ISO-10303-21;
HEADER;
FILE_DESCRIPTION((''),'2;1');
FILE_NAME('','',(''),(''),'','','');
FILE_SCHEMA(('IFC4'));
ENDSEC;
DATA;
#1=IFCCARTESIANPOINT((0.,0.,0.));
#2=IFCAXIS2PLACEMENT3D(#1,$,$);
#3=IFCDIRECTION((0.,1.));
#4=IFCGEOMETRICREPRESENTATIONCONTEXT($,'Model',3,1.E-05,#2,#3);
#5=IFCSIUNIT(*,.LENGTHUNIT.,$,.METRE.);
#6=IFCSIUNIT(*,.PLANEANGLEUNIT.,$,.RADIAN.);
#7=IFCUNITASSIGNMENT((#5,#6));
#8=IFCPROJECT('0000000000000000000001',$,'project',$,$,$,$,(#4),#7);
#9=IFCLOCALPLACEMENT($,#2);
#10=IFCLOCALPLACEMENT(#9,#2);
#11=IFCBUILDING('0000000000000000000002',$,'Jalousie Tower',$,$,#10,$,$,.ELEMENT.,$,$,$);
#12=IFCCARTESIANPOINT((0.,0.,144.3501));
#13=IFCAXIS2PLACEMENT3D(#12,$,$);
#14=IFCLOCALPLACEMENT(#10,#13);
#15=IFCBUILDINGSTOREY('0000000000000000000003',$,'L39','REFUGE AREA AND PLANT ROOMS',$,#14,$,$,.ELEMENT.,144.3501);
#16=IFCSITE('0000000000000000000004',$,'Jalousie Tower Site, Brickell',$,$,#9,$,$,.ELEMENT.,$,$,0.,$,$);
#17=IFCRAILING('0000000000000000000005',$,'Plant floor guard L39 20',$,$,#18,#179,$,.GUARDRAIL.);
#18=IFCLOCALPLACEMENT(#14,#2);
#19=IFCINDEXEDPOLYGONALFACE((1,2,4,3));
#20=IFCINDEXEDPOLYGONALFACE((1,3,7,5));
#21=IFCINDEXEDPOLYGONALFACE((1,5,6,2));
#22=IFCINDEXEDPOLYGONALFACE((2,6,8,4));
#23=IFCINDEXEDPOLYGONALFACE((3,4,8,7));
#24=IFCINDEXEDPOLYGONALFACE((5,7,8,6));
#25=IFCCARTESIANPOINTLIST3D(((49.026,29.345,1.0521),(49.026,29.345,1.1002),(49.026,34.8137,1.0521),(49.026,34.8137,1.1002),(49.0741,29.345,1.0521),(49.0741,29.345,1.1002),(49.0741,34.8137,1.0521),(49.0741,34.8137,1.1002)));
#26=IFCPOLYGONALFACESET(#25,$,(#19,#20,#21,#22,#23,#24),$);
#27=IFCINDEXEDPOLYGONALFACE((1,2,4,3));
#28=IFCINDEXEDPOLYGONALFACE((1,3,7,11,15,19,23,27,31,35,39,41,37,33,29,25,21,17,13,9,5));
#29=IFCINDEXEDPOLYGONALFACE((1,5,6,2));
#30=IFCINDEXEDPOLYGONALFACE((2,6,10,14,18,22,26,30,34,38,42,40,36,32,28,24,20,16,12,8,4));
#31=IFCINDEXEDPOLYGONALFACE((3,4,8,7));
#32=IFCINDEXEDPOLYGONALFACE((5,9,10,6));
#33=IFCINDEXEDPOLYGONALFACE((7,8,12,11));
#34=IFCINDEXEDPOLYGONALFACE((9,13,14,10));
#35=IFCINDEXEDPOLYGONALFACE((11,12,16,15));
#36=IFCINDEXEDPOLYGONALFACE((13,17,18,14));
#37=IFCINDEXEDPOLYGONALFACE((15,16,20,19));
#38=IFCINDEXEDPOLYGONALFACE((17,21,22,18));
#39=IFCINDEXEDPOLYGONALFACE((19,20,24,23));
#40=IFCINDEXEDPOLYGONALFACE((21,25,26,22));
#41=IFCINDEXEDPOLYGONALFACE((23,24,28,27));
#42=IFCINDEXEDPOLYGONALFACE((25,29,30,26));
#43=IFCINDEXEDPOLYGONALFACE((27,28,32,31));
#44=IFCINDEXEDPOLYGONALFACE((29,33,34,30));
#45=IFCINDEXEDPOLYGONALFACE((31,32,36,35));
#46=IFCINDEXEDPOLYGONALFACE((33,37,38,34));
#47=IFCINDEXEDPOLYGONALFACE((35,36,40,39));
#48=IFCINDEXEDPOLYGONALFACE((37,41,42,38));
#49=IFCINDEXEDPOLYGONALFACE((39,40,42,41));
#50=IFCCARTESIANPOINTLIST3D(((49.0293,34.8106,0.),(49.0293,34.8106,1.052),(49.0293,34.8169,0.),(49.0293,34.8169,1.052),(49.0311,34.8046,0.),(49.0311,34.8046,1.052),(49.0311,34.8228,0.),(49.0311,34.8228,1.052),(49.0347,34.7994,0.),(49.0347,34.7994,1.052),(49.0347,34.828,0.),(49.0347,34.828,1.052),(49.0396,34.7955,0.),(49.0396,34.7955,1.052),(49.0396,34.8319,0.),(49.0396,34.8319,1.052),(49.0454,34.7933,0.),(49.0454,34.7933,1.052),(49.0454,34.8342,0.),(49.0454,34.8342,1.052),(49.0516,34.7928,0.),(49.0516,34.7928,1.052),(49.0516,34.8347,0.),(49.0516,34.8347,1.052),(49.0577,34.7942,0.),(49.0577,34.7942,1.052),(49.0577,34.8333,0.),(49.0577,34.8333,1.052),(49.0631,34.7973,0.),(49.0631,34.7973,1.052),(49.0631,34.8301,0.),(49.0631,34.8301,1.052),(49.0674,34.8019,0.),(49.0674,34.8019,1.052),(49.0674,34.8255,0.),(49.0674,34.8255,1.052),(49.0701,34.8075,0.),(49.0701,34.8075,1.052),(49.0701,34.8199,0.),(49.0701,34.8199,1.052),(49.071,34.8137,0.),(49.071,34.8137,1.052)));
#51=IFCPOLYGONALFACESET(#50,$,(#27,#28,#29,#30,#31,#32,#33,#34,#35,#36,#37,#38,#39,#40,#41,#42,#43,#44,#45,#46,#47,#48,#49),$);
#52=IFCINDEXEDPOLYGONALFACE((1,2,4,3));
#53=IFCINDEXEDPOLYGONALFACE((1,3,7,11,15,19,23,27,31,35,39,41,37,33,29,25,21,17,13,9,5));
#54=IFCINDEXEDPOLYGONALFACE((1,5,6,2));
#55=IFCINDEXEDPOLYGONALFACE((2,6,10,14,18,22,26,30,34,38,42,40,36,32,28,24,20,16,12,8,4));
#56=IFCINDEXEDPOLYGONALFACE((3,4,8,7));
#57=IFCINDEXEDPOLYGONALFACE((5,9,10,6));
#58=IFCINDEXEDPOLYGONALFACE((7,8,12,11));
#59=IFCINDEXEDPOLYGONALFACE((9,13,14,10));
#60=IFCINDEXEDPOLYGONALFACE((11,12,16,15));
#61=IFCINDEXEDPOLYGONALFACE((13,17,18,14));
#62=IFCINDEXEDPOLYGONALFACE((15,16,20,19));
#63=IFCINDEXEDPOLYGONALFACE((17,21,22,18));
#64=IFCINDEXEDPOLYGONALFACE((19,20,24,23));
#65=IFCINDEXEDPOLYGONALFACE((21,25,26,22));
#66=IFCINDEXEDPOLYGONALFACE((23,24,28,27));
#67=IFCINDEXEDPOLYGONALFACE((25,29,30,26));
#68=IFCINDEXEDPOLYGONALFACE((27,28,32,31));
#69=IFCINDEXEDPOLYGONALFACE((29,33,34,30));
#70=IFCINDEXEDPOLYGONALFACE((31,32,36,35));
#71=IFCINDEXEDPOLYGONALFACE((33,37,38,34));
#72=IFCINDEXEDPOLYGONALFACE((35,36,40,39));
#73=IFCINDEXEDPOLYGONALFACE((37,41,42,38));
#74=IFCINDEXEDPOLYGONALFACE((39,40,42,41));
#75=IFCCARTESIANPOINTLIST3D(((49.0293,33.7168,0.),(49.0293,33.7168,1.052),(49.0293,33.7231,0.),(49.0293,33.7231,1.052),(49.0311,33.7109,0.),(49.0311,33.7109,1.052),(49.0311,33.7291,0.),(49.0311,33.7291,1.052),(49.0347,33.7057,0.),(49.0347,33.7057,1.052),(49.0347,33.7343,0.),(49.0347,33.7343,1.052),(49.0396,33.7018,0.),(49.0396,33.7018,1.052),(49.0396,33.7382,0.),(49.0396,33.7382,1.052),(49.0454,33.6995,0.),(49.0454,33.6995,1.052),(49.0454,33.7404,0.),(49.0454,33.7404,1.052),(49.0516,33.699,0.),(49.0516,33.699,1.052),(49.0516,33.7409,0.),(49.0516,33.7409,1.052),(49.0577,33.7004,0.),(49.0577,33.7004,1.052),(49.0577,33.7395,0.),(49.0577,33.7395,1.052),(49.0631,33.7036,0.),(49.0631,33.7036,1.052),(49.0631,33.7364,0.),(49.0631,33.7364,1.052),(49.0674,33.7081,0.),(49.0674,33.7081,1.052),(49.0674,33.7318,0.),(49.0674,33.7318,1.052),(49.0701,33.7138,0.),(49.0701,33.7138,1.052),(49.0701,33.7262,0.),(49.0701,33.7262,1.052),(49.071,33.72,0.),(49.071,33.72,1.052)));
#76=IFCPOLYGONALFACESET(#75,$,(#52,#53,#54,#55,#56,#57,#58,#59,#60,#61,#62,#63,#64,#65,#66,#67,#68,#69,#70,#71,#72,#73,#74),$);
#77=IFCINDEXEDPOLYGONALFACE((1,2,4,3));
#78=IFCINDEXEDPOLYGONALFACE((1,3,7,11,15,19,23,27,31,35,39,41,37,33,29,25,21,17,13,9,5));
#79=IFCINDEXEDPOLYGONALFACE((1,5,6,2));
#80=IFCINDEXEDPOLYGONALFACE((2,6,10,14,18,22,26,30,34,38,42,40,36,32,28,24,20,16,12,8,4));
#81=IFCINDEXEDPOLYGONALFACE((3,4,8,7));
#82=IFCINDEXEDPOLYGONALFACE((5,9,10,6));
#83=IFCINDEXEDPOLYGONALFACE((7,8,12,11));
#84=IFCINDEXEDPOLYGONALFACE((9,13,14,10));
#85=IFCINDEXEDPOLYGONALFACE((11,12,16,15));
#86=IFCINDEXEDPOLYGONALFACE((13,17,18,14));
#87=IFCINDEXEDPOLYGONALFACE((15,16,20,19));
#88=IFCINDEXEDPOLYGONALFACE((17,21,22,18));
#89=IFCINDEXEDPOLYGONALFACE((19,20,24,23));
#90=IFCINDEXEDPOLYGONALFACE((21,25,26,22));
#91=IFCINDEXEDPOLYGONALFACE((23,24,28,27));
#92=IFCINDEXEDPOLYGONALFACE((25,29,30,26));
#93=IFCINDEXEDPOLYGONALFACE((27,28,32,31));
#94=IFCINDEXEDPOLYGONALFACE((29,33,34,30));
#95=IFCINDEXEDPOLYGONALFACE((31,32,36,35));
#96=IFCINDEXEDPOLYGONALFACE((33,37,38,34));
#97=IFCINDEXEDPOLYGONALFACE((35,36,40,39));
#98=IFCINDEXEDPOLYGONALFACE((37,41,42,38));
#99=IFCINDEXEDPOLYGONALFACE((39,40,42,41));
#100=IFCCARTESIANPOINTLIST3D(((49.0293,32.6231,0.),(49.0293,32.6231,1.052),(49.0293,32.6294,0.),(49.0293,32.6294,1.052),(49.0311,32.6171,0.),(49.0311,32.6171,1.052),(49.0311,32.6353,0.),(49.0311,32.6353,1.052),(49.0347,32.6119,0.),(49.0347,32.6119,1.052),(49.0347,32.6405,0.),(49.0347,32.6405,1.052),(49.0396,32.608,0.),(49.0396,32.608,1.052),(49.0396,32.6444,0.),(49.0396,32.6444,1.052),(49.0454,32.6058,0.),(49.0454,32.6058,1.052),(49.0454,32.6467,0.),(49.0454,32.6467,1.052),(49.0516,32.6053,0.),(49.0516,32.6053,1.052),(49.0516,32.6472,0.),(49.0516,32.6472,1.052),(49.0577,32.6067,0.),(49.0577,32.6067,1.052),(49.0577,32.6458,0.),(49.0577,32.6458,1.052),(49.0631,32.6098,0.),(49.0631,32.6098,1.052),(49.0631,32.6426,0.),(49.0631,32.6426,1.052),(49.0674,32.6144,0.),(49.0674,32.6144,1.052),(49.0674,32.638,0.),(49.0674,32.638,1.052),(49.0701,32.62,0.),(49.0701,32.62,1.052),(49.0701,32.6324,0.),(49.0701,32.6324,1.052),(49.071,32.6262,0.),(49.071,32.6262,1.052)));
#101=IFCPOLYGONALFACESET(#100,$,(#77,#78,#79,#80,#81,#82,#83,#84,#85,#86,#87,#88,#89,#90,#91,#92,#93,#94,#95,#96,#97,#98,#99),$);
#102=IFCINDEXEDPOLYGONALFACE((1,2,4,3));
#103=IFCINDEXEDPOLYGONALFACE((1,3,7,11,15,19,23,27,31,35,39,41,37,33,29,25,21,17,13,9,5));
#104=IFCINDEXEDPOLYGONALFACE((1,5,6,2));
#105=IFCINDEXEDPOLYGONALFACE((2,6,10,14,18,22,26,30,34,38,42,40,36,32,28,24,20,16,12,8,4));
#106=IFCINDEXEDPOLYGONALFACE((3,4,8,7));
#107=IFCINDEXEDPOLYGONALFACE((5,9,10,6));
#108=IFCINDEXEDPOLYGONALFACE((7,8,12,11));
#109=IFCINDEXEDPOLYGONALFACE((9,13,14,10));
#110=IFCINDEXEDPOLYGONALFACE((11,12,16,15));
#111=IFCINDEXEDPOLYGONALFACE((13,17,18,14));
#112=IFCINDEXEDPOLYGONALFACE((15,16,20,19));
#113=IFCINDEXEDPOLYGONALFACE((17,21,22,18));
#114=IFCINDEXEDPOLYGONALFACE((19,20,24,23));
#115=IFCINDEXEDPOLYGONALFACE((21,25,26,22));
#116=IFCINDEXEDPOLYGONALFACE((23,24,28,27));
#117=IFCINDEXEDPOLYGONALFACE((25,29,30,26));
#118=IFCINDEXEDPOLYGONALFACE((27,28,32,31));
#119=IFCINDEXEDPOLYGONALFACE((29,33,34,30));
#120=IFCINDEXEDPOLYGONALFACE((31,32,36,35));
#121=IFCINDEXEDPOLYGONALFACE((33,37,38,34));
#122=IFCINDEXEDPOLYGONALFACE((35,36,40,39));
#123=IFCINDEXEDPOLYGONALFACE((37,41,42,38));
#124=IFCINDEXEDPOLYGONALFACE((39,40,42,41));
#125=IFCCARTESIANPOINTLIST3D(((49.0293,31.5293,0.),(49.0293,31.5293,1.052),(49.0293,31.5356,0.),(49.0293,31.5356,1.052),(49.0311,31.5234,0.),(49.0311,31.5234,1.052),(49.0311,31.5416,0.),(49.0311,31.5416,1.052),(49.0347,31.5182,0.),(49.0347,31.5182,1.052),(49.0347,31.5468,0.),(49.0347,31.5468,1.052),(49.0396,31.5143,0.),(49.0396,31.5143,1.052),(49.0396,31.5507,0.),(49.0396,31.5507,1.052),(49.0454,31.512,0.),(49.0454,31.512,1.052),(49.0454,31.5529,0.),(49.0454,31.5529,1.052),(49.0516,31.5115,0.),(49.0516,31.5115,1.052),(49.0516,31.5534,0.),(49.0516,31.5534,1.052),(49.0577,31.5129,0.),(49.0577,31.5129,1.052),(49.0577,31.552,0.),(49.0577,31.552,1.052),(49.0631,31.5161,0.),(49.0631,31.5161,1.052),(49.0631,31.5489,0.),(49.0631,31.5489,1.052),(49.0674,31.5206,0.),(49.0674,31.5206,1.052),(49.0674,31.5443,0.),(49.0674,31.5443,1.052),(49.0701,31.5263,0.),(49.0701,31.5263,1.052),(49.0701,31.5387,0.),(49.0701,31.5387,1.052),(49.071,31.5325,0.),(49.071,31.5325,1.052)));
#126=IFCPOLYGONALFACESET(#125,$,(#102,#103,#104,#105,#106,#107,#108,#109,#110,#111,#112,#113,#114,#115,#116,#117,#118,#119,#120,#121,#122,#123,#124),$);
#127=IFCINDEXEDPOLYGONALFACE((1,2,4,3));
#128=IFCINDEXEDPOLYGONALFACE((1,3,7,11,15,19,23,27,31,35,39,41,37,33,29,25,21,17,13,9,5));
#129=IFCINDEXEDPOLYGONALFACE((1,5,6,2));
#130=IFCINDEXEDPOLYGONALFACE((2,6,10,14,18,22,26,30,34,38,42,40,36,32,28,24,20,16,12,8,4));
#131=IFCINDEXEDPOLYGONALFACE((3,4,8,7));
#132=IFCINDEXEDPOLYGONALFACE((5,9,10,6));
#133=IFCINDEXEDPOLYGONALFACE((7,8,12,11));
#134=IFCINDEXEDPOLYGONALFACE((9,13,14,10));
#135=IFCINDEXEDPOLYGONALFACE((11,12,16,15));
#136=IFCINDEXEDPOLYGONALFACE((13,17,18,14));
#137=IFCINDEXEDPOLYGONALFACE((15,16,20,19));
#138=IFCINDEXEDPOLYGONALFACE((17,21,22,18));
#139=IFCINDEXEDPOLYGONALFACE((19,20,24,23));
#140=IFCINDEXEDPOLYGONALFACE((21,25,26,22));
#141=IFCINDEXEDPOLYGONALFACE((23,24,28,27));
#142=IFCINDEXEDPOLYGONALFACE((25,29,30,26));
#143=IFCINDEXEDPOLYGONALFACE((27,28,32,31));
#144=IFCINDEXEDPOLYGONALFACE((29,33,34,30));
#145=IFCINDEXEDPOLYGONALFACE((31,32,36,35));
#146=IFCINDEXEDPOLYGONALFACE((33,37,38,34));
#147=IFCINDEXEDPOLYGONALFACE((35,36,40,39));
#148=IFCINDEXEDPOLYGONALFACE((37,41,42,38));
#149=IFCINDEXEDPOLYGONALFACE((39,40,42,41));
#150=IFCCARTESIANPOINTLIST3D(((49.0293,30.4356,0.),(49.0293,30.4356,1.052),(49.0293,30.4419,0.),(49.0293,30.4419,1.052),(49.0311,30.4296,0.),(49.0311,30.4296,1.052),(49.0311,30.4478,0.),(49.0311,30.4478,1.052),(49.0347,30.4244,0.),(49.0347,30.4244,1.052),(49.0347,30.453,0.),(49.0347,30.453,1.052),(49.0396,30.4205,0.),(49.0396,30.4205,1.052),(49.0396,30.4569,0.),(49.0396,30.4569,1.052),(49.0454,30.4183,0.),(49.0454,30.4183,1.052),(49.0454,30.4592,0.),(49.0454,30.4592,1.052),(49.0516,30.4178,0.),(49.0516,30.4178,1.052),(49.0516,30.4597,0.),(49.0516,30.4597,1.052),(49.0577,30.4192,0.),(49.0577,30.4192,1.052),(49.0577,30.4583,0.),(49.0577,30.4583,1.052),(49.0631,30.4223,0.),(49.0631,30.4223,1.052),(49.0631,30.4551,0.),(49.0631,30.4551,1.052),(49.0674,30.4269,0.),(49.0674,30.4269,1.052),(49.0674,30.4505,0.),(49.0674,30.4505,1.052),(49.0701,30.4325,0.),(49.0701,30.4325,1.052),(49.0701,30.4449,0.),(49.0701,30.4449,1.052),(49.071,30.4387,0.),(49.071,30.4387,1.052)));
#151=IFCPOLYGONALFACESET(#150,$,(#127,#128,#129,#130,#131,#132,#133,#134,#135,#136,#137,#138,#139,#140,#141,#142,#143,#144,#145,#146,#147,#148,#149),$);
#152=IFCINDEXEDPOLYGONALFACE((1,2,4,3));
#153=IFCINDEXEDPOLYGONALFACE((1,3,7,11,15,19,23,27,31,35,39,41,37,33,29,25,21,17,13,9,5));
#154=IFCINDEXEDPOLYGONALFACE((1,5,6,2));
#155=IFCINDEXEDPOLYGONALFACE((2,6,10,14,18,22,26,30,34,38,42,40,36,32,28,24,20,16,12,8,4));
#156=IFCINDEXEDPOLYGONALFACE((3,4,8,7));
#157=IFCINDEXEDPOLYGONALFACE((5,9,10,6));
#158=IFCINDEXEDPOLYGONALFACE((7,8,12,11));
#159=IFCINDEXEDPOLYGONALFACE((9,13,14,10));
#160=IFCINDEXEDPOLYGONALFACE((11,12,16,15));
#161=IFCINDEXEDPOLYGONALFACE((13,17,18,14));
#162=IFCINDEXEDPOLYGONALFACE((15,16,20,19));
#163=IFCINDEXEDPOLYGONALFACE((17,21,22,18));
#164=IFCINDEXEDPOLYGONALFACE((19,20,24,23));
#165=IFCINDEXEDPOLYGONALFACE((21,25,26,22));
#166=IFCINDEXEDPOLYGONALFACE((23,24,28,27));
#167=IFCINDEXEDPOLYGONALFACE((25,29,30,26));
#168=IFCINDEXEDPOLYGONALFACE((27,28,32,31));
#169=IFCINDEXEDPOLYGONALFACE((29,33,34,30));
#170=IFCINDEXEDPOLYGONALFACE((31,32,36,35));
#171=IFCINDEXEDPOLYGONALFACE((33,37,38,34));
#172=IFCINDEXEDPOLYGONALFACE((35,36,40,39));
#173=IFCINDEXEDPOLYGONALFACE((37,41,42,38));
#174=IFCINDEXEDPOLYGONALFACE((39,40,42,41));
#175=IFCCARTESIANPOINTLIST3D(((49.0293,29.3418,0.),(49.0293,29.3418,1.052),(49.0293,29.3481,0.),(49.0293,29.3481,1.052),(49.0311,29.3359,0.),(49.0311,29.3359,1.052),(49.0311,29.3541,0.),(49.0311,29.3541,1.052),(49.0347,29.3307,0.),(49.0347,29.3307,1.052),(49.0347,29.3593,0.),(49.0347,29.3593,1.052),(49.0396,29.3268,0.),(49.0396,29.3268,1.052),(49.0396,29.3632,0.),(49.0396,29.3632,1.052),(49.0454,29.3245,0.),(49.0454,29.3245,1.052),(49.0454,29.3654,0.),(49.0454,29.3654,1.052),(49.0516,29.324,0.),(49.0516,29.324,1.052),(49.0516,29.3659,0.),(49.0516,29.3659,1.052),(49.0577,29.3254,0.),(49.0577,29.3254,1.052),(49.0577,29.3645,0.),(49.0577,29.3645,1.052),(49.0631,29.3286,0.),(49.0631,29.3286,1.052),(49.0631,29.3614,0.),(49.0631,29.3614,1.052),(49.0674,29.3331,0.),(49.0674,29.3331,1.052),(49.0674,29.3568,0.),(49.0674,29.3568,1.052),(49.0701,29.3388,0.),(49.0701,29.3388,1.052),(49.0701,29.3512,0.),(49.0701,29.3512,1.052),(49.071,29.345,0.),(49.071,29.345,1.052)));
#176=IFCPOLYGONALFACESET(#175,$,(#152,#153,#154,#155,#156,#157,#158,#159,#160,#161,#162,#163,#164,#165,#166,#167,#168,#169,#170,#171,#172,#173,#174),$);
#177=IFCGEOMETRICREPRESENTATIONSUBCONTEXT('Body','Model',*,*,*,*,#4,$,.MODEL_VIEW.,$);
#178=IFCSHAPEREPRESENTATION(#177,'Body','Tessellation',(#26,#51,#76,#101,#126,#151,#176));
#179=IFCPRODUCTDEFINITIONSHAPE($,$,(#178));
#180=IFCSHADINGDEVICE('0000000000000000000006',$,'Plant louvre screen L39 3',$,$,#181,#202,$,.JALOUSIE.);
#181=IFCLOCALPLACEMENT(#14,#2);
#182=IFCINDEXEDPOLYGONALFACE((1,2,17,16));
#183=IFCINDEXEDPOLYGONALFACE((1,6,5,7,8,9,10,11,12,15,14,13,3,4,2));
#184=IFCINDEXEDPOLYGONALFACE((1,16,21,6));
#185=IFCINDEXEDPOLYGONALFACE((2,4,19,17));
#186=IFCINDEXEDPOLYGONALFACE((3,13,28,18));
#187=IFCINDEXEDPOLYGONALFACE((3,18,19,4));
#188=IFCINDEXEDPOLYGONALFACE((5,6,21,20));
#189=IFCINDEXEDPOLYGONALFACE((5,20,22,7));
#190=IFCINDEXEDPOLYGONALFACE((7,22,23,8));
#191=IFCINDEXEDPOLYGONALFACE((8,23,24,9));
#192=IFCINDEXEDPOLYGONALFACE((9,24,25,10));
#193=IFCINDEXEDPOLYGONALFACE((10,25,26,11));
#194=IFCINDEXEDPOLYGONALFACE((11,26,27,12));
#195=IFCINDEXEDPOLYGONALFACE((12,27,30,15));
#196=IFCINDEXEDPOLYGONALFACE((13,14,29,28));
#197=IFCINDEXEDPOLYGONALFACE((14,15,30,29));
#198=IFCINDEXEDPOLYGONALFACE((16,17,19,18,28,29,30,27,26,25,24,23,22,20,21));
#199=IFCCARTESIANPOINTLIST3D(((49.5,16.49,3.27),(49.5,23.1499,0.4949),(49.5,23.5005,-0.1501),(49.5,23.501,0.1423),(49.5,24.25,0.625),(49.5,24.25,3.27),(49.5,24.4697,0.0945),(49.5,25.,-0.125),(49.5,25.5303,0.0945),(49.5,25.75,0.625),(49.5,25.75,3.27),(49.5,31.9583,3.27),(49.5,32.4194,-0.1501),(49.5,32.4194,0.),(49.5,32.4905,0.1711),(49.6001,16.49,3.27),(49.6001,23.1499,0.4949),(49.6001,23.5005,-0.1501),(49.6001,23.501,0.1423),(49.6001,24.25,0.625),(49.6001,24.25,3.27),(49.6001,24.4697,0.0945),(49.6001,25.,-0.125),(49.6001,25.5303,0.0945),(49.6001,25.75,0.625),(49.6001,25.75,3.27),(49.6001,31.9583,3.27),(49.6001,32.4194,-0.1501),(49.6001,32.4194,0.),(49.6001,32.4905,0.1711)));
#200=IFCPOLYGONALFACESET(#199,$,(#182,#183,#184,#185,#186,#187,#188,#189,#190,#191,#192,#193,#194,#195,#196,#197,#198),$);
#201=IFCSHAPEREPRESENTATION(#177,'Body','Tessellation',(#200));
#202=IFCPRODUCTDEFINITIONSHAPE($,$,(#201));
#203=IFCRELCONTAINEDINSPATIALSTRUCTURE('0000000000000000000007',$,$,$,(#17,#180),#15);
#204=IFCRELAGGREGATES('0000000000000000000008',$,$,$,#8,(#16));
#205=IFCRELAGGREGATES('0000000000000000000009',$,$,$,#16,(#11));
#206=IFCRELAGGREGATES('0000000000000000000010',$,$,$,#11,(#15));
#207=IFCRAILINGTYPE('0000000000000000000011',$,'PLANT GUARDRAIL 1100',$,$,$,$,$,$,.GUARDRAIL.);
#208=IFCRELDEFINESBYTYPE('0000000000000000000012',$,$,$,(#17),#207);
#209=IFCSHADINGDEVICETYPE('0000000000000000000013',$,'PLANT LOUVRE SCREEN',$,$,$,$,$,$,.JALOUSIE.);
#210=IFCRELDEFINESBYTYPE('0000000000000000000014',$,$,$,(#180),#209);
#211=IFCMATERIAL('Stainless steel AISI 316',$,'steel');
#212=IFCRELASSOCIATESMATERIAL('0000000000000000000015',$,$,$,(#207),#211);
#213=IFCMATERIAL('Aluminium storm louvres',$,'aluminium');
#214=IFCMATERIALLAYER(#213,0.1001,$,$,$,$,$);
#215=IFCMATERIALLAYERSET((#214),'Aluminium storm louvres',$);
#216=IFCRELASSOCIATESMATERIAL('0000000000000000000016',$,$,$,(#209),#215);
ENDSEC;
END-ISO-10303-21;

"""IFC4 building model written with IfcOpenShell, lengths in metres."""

from ifc_helpers import new_model, si_unit, direction, frame, origin, origin_2d, place, context, subcontext, project, spatial, polyline, rectangle, circle, outline, extrude, material, layer, layer_set, type_object, element, save


model = new_model("IFC4")

# Units and contexts
model_context = context("Model", 3, precision=1e-05, world=origin(), true_north=direction((0.0, 1.0)))
body_context = subcontext(model_context, "Body", "Model", "MODEL_VIEW")
ifc_project = project(units=[si_unit("LENGTHUNIT", "METRE"), si_unit("PLANEANGLEUNIT", "RADIAN")], contexts=[model_context])

# Site, building, storey
site_placement = place(None, origin())
site = spatial("IfcSite", under=ifc_project, at=site_placement, Name="Jalousie Tower Site, Brickell", CompositionType="ELEMENT", RefElevation=0.0)
building_placement = place(site_placement, origin())
building = spatial("IfcBuilding", under=site, at=building_placement, Name="Jalousie Tower", CompositionType="ELEMENT")
storey_placement = place(building_placement, frame((0.0, 0.0, 144.3501)))
storey = spatial("IfcBuildingStorey", under=building, at=storey_placement, Name="L39", Description="REFUGE AREA AND PLANT ROOMS", CompositionType="ELEMENT", Elevation=144.3501)

# Railing
ifc_material_1 = material(Name="Stainless steel AISI 316", Category="steel")
railing_type_1 = type_object("IfcRailingType", Name="PLANT GUARDRAIL 1100", PredefinedType="GUARDRAIL", material=ifc_material_1)
railing_1_placement = place(storey_placement, frame((49.05, 34.8137, 0.0)))
element("IfcRailing", 1, at=railing_1_placement, inside=storey, type_object=railing_type_1, Name="Plant floor guard L39 20", PredefinedType="GUARDRAIL", context=body_context, shape_type="SweptSolid", body=[
    extrude(rectangle(XDim=0.0481, YDim=0.0481, at=origin_2d()), frame((0.0, 0.0, 1.0762), z_axis=(0.0, -1.0, 0.0), x_axis=(1.0, 0.0, 0.0)), (0.0, 0.0, 1.0), 5.4688),
    extrude(circle(Radius=0.021, at=origin_2d()), origin(), (0.0, 0.0, 1.0), 1.052),
    extrude(circle(Radius=0.021, at=origin_2d()), frame((0.0, -1.0938, 0.0)), (0.0, 0.0, 1.0), 1.052),
    extrude(circle(Radius=0.021, at=origin_2d()), frame((0.0, -2.1875, 0.0)), (0.0, 0.0, 1.0), 1.052),
    extrude(circle(Radius=0.021, at=origin_2d()), frame((0.0, -3.2812, 0.0)), (0.0, 0.0, 1.0), 1.052),
    extrude(circle(Radius=0.021, at=origin_2d()), frame((0.0, -4.375, 0.0)), (0.0, 0.0, 1.0), 1.052),
    extrude(circle(Radius=0.021, at=origin_2d()), frame((0.0, -5.4688, 0.0)), (0.0, 0.0, 1.0), 1.052),
])

# Shading device
ifc_material_2 = material(Name="Aluminium storm louvres", Category="aluminium")
ifc_layer_1 = layer(ifc_material_2, 0.1001)
ifc_layer_set_1 = layer_set([ifc_layer_1], Name="Aluminium storm louvres")
shading_device_type = type_object("IfcShadingDeviceType", Name="PLANT LOUVRE SCREEN", PredefinedType="JALOUSIE", material=ifc_layer_set_1)
shading_device_1_placement = place(storey_placement, frame((49.6001, 23.5005, -0.1501), z_axis=(1.0, 0.0, 0.0), x_axis=(0.0, 1.0, 0.0)))
element("IfcShadingDevice", 2, at=shading_device_1_placement, inside=storey, type_object=shading_device_type, Name="Plant louvre screen L39 3", PredefinedType="JALOUSIE", context=body_context, shape_type="SweptSolid", body=[
    extrude(outline(polyline([(0.0, 0.0), (8.9189, 0.0), (8.9189, 0.1501), (8.99, 0.3213), (8.4578, 3.4202), (2.2495, 3.4202), (2.2495, 0.7751), (2.0298, 0.2446), (1.4995, 0.0251), (0.9692, 0.2446), (0.7495, 0.7751), (0.7495, 3.4202), (-7.0105, 3.4202), (-0.3506, 0.645), (0.0005, 0.2925), (0.0, 0.0)])), origin(), (0.0, 0.0, -1.0), 0.1001),
])

save(model, "model.ifc")
